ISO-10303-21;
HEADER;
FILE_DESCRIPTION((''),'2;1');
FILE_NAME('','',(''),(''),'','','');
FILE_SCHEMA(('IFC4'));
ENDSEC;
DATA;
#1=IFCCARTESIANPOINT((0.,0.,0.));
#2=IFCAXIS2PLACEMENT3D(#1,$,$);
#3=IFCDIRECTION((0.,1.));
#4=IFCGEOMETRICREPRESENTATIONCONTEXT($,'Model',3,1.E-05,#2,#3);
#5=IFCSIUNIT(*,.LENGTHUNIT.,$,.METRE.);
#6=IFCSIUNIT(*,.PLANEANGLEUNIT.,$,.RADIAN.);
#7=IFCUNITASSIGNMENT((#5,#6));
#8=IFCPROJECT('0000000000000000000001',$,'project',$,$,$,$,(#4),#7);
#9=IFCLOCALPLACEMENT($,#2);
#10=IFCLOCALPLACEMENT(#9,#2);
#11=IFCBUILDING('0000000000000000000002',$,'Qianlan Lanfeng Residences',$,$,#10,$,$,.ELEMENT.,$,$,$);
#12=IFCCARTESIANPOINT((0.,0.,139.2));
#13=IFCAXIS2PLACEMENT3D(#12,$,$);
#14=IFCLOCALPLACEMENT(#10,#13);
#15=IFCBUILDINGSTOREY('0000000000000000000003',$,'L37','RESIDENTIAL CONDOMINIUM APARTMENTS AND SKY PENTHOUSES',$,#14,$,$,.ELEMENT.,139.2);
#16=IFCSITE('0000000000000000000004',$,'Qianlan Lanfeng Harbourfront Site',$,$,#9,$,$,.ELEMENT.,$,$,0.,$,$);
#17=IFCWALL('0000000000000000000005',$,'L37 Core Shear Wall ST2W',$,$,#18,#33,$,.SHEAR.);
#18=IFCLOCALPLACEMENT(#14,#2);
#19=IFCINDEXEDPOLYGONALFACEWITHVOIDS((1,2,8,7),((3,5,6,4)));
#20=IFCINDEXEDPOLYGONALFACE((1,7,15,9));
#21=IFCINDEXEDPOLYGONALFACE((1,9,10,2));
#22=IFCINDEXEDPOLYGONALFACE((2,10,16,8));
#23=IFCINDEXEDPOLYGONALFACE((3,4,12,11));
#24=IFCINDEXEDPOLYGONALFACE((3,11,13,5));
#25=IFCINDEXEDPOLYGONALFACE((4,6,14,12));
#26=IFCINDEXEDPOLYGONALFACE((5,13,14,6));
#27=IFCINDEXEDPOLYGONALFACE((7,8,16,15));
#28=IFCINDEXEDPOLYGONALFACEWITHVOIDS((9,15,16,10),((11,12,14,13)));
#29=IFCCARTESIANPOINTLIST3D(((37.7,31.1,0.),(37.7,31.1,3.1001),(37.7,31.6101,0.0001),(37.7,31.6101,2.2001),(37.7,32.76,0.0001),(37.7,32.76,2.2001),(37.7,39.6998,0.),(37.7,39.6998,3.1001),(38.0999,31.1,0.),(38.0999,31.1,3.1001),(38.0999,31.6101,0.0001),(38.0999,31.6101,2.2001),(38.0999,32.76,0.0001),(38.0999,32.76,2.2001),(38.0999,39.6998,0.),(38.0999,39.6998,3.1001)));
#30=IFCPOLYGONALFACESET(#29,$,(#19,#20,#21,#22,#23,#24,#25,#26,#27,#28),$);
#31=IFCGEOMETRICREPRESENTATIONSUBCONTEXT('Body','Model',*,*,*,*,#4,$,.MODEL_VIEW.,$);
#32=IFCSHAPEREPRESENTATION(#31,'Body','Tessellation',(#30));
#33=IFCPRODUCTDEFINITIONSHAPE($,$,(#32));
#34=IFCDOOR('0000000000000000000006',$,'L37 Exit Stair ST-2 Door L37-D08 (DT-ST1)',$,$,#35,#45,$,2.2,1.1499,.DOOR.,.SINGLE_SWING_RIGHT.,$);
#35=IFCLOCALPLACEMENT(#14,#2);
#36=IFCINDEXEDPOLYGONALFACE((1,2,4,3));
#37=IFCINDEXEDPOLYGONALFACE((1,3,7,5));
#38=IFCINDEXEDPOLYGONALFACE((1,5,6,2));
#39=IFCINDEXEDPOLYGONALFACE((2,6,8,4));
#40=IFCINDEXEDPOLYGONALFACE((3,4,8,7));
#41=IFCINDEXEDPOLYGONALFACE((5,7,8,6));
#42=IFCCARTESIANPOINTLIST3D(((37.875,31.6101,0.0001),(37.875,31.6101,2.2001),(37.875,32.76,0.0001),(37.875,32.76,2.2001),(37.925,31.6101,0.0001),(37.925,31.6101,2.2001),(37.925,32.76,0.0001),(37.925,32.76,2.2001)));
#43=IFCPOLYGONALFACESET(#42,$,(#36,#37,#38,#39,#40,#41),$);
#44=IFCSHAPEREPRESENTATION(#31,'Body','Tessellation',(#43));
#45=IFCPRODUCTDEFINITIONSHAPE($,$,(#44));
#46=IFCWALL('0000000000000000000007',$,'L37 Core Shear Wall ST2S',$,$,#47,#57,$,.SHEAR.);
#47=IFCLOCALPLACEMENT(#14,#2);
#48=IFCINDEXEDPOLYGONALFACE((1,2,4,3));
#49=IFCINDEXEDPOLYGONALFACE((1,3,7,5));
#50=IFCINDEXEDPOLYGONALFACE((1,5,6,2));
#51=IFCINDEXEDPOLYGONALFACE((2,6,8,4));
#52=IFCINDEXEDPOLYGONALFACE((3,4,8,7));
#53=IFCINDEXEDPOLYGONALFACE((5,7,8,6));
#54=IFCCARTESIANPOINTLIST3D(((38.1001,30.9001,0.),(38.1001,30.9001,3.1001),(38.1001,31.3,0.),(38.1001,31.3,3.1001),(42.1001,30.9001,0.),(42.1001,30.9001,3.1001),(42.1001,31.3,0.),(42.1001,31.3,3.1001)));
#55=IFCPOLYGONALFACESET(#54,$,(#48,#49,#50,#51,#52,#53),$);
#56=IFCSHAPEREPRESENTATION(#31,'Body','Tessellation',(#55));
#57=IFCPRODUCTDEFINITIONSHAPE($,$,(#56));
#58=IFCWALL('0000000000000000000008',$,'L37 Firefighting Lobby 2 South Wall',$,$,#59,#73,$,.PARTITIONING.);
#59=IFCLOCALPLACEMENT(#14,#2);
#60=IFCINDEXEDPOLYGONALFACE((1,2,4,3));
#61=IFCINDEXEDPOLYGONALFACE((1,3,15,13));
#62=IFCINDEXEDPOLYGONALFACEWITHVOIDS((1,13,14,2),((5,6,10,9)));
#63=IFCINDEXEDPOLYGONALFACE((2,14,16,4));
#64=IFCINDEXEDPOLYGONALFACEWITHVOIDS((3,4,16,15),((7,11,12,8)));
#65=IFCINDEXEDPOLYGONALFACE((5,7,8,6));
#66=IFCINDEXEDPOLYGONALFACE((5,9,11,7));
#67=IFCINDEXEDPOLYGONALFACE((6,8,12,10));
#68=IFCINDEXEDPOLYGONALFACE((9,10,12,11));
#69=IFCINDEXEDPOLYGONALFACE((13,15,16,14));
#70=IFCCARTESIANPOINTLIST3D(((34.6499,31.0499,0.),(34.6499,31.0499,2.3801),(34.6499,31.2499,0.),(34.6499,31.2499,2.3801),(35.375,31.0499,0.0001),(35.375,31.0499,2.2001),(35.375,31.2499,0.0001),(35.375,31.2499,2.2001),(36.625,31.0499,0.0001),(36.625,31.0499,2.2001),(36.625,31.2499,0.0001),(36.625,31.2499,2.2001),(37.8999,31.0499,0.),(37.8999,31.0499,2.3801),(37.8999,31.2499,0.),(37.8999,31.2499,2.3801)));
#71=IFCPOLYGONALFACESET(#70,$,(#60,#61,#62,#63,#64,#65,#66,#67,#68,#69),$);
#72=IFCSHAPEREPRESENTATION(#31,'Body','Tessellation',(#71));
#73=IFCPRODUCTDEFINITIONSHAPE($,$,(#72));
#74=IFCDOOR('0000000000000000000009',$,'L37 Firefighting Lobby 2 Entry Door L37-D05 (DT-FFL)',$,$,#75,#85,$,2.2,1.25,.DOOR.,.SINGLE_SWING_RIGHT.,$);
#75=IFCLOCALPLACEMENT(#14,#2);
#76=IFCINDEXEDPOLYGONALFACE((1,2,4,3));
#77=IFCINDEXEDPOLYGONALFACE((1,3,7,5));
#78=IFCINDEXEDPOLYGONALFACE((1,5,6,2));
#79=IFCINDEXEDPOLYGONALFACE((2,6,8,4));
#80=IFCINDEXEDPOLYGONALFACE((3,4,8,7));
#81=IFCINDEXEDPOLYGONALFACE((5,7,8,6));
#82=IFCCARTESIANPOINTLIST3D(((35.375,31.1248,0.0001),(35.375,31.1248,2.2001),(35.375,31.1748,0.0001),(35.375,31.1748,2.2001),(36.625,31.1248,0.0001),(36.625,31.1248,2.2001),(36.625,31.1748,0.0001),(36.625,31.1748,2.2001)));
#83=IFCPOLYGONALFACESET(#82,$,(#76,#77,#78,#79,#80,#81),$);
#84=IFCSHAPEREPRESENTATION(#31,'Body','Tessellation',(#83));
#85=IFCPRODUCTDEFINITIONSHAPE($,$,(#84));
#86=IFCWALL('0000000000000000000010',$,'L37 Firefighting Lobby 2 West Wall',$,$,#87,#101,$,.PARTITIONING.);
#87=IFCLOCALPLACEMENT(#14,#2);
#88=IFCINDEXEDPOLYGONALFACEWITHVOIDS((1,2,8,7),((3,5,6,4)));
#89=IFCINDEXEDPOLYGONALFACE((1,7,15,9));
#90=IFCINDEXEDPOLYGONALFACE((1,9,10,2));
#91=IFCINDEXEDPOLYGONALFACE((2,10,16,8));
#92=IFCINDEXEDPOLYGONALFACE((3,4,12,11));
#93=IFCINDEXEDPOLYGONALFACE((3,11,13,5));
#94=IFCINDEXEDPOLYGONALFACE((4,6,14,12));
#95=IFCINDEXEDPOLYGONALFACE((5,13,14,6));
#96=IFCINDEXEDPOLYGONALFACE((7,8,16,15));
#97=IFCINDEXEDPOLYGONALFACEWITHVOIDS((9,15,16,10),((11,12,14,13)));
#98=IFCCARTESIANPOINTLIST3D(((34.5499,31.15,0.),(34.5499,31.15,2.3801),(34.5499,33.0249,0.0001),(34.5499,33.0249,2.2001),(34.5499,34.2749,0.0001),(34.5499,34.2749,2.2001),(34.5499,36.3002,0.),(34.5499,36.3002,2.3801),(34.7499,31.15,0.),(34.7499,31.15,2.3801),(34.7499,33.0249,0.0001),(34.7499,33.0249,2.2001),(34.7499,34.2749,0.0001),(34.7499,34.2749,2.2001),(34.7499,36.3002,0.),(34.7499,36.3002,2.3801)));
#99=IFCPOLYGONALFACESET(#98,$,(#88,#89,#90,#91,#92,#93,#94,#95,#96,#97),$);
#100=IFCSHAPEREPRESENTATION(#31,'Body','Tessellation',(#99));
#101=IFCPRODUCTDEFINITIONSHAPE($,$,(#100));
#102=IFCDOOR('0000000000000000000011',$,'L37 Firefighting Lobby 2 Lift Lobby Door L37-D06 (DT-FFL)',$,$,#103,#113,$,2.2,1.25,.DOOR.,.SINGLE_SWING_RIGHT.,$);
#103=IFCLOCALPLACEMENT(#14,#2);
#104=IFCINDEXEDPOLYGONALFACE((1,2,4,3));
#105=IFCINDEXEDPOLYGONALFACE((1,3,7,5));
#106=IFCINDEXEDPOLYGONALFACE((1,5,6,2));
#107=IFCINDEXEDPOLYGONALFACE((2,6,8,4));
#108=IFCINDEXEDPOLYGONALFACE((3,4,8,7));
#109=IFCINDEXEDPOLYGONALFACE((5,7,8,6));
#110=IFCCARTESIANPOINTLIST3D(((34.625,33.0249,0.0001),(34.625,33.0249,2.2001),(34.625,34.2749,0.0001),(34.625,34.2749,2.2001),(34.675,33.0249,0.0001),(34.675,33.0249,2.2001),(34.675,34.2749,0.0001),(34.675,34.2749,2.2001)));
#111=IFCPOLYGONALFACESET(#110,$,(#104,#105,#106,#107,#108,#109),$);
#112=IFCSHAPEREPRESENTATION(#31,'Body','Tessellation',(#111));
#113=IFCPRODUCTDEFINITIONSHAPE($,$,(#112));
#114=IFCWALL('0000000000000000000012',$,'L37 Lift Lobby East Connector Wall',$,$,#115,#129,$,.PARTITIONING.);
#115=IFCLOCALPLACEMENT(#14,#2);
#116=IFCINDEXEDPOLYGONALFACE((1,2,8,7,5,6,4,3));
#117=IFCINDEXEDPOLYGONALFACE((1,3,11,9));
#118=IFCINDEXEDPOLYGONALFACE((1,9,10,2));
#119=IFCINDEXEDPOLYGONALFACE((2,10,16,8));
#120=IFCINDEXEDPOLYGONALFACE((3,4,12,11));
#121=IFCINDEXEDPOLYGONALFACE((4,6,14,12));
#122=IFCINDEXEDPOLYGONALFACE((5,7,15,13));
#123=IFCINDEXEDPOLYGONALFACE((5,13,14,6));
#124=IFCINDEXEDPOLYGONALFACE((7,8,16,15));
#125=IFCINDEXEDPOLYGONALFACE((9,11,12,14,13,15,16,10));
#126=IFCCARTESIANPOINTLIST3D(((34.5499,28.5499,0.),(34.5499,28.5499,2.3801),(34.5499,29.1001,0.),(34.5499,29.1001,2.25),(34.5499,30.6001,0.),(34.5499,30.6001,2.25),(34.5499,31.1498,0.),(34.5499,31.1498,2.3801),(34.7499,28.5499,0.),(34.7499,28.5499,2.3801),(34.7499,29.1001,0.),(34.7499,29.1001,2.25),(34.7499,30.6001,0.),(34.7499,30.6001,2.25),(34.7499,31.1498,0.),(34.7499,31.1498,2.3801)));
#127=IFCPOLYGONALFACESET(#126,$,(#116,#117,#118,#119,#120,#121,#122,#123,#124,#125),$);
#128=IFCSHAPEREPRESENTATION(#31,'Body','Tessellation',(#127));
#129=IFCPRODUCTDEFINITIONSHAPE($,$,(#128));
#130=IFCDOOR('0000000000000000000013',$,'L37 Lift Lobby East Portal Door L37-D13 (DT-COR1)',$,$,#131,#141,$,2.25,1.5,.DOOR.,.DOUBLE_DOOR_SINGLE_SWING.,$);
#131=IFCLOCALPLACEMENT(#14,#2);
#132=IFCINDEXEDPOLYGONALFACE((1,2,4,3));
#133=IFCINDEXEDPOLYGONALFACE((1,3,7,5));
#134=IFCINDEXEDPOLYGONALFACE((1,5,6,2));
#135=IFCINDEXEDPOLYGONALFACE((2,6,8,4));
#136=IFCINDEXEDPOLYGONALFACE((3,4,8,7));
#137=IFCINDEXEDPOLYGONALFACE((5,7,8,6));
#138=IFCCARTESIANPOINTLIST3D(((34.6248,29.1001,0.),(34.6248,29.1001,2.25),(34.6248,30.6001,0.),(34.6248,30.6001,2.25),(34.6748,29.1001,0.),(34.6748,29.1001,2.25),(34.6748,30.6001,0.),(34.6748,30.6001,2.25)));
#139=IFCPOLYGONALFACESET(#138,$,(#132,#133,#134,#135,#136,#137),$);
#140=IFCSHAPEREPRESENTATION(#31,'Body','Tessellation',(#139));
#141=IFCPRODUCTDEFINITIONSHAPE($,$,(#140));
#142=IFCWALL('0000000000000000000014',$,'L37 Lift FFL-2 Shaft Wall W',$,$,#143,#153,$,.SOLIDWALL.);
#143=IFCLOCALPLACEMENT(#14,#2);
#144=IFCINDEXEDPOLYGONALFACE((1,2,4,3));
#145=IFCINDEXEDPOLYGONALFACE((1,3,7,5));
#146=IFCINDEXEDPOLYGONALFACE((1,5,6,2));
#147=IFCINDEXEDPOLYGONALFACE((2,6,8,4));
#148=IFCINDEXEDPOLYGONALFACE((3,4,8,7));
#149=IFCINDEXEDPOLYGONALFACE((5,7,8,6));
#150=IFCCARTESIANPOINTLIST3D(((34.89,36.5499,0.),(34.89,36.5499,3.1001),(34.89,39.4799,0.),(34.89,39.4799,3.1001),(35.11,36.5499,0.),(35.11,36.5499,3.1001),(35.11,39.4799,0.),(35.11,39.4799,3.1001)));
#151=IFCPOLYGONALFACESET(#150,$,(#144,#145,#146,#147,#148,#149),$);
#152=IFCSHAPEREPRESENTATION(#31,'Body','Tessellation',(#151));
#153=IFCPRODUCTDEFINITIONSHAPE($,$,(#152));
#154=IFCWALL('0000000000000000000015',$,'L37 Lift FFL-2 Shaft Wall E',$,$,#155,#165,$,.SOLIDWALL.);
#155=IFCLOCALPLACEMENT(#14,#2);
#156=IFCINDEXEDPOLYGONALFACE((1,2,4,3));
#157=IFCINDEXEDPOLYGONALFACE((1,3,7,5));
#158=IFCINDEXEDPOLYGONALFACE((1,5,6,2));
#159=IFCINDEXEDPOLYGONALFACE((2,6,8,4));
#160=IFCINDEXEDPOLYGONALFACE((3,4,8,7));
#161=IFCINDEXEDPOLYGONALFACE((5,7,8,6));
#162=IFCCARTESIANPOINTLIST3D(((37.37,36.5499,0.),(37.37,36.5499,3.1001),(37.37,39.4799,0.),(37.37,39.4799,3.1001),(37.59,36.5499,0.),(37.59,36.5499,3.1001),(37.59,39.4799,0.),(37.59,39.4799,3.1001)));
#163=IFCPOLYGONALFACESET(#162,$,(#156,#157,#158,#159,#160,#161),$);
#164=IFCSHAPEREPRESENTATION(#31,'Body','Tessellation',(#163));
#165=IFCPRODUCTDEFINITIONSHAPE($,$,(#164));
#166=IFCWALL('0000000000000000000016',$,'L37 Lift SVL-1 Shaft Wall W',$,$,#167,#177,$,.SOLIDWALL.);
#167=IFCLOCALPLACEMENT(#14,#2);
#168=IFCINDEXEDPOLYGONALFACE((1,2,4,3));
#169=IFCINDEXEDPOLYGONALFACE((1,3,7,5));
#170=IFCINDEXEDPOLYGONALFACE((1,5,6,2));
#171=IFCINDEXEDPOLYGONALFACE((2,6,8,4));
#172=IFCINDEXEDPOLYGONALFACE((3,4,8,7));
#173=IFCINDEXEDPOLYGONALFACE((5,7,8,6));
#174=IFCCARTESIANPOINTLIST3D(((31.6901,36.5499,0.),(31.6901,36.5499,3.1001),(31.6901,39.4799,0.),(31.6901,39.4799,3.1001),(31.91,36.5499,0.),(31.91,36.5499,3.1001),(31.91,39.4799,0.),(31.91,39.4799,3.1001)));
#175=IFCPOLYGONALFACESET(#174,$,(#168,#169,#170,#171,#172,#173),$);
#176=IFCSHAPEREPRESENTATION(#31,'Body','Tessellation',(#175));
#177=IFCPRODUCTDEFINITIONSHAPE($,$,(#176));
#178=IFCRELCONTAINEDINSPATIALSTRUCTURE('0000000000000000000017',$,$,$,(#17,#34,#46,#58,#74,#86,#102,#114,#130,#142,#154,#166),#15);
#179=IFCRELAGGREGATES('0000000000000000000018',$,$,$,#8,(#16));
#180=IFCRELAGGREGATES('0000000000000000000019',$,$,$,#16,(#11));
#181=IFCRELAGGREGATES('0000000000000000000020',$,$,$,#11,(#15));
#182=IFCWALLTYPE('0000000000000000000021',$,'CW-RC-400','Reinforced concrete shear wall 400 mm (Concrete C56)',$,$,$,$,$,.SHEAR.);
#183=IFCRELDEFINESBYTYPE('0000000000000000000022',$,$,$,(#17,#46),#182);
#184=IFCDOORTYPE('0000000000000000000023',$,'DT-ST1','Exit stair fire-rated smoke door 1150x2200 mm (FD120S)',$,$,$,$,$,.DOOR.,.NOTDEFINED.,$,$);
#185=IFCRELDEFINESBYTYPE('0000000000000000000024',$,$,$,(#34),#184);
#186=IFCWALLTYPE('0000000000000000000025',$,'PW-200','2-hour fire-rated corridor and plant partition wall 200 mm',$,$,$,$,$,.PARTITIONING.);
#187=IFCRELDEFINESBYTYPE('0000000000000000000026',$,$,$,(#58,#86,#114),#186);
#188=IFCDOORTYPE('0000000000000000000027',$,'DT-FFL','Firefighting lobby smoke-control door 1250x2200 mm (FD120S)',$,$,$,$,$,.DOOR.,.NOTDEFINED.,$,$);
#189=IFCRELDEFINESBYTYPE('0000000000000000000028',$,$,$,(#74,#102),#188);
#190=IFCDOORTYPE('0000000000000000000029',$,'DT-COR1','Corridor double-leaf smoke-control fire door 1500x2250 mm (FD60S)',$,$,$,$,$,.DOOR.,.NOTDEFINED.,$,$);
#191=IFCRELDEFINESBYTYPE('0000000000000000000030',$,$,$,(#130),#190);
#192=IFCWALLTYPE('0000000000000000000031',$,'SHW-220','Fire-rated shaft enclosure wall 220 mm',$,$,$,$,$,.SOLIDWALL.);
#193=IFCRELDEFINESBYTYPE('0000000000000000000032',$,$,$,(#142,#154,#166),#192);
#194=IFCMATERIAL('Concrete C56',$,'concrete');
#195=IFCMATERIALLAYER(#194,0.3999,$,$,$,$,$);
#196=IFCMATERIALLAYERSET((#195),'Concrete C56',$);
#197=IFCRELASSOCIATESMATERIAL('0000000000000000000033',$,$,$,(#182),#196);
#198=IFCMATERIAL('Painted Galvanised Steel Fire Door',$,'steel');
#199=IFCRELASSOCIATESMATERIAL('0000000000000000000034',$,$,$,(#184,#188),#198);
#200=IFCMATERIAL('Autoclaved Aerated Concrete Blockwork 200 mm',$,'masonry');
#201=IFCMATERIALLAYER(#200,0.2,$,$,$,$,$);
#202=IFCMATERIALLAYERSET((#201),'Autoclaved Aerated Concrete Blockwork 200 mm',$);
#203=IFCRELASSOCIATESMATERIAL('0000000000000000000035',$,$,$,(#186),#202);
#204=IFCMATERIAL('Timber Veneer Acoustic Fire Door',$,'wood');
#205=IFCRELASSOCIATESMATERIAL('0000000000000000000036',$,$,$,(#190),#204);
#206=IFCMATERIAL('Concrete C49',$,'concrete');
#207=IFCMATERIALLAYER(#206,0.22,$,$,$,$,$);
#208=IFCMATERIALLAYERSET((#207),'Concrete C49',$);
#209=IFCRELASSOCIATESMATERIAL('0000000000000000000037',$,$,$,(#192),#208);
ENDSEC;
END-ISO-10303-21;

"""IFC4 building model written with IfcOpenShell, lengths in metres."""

from ifc_helpers import new_model, si_unit, direction, frame, frame_2d, origin, place, context, subcontext, project, spatial, rectangle, extrude, material, layer, layer_set, type_object, element, fill, save


model = new_model("IFC4")

# Units and contexts
model_context = context("Model", 3, precision=1e-05, world=origin(), true_north=direction((0.0, 1.0)))
body_context = subcontext(model_context, "Body", "Model", "MODEL_VIEW")
ifc_project = project(units=[si_unit("LENGTHUNIT", "METRE"), si_unit("PLANEANGLEUNIT", "RADIAN")], contexts=[model_context])

# Site, building, storey
site_placement = place(None, origin())
site = spatial("IfcSite", under=ifc_project, at=site_placement, Name="Qianlan Lanfeng Harbourfront Site", CompositionType="ELEMENT", RefElevation=0.0)
building_placement = place(site_placement, origin())
building = spatial("IfcBuilding", under=site, at=building_placement, Name="Qianlan Lanfeng Residences", CompositionType="ELEMENT")
storey_placement = place(building_placement, frame((0.0, 0.0, 139.2)))
storey = spatial("IfcBuildingStorey", under=building, at=storey_placement, Name="L37", Description="RESIDENTIAL CONDOMINIUM APARTMENTS AND SKY PENTHOUSES", CompositionType="ELEMENT", Elevation=139.2)

# Wall, opening, door
ifc_material_1 = material(Name="Concrete C56", Category="concrete")
ifc_layer_1 = layer(ifc_material_1, 0.3999)
ifc_layer_set_1 = layer_set([ifc_layer_1], Name="Concrete C56")
wall_type_1 = type_object("IfcWallType", Name="CW-RC-400", Description="Reinforced concrete shear wall 400 mm (Concrete C56)", PredefinedType="SHEAR", material=ifc_layer_set_1)
wall_1_placement = place(storey_placement, frame((37.8999, 31.1001, 0.0), z_axis=(0.0, 0.0, 1.0), x_axis=(0.0, 1.0, 0.0)))
wall_1 = element("IfcWall", 1, at=wall_1_placement, inside=storey, type_object=wall_type_1, Name="L37 Core Shear Wall ST2W", PredefinedType="SHEAR", context=body_context, shape_type="SweptSolid", body=[
    extrude(rectangle(XDim=8.5999, YDim=0.3999, at=frame_2d((4.2998, 0.0))), origin(), (0.0, 0.0, 1.0), 3.1001),
])
opening_1_placement = place(wall_1_placement, frame((0.51, 0.0, 0.0)))
opening_1 = element("IfcOpeningElement", 2, at=opening_1_placement, cuts=wall_1, PredefinedType="OPENING", context=body_context, shape_type="SweptSolid", body=[
    extrude(rectangle(XDim=1.1499, YDim=2.2, at=frame_2d((0.575, 1.1001))), frame((0.0, 0.21, 0.0), z_axis=(0.0, -1.0, 0.0), x_axis=(1.0, 0.0, 0.0)), (0.0, 0.0, 1.0), 0.4199),
])
ifc_material_2 = material(Name="Painted Galvanised Steel Fire Door", Category="steel")
door_type_1 = type_object("IfcDoorType", Name="DT-ST1", Description="Exit stair fire-rated smoke door 1150x2200 mm (FD120S)", OperationType="NOTDEFINED", PredefinedType="DOOR", material=ifc_material_2)
door_1_placement = place(opening_1_placement, origin())
door_1 = element("IfcDoor", 3, at=door_1_placement, inside=storey, type_object=door_type_1, Name="L37 Exit Stair ST-2 Door L37-D08 (DT-ST1)", OperationType="SINGLE_SWING_RIGHT", OverallHeight=2.2, OverallWidth=1.1499, PredefinedType="DOOR", context=body_context, shape_type="SweptSolid", body=[
    extrude(rectangle(XDim=1.1499, YDim=2.2, at=frame_2d((0.575, 1.1001))), frame((0.0, 0.0249, 0.0), z_axis=(0.0, -1.0, 0.0), x_axis=(1.0, 0.0, 0.0)), (0.0, 0.0, 1.0), 0.05),
])
fill(opening_1, door_1)

# Wall
wall_2_placement = place(storey_placement, frame((38.1001, 31.1001, 0.0), z_axis=(0.0, 0.0, 1.0), x_axis=(1.0, 0.0, 0.0)))
element("IfcWall", 4, at=wall_2_placement, inside=storey, type_object=wall_type_1, Name="L37 Core Shear Wall ST2S", PredefinedType="SHEAR", context=body_context, shape_type="SweptSolid", body=[
    extrude(rectangle(XDim=4.0, YDim=0.3999, at=frame_2d((2.0, 0.0))), origin(), (0.0, 0.0, 1.0), 3.1001),
])

# Walls, openings, doors
ifc_material_3 = material(Name="Autoclaved Aerated Concrete Blockwork 200 mm", Category="masonry")
ifc_layer_2 = layer(ifc_material_3, 0.2)
ifc_layer_set_2 = layer_set([ifc_layer_2], Name="Autoclaved Aerated Concrete Blockwork 200 mm")
wall_type_2 = type_object("IfcWallType", Name="PW-200", Description="2-hour fire-rated corridor and plant partition wall 200 mm", PredefinedType="PARTITIONING", material=ifc_layer_set_2)
wall_3_placement = place(storey_placement, frame((34.6499, 31.1499, 0.0), z_axis=(0.0, 0.0, 1.0), x_axis=(1.0, 0.0, 0.0)))
wall_3 = element("IfcWall", 5, at=wall_3_placement, inside=storey, type_object=wall_type_2, Name="L37 Firefighting Lobby 2 South Wall", PredefinedType="PARTITIONING", context=body_context, shape_type="SweptSolid", body=[
    extrude(rectangle(XDim=3.25, YDim=0.2, at=frame_2d((1.625, 0.0))), origin(), (0.0, 0.0, 1.0), 2.3801),
])
opening_2_placement = place(wall_3_placement, frame((0.7251, 0.0, 0.0)))
opening_2 = element("IfcOpeningElement", 6, at=opening_2_placement, cuts=wall_3, PredefinedType="OPENING", context=body_context, shape_type="SweptSolid", body=[
    extrude(rectangle(XDim=1.25, YDim=2.2, at=frame_2d((0.625, 1.1001))), frame((0.0, 0.1099, 0.0), z_axis=(0.0, -1.0, 0.0), x_axis=(1.0, 0.0, 0.0)), (0.0, 0.0, 1.0), 0.22),
])
door_type_2 = type_object("IfcDoorType", Name="DT-FFL", Description="Firefighting lobby smoke-control door 1250x2200 mm (FD120S)", OperationType="NOTDEFINED", PredefinedType="DOOR", material=ifc_material_2)
door_2_placement = place(opening_2_placement, origin())
door_2 = element("IfcDoor", 7, at=door_2_placement, inside=storey, type_object=door_type_2, Name="L37 Firefighting Lobby 2 Entry Door L37-D05 (DT-FFL)", OperationType="SINGLE_SWING_RIGHT", OverallHeight=2.2, OverallWidth=1.25, PredefinedType="DOOR", context=body_context, shape_type="SweptSolid", body=[
    extrude(rectangle(XDim=1.25, YDim=2.2, at=frame_2d((0.625, 1.1001))), frame((0.0, 0.0249, 0.0), z_axis=(0.0, -1.0, 0.0), x_axis=(1.0, 0.0, 0.0)), (0.0, 0.0, 1.0), 0.05),
])
fill(opening_2, door_2)
wall_4_placement = place(storey_placement, frame((34.6499, 31.1499, 0.0), z_axis=(0.0, 0.0, 1.0), x_axis=(0.0, 1.0, 0.0)))
wall_4 = element("IfcWall", 8, at=wall_4_placement, inside=storey, type_object=wall_type_2, Name="L37 Firefighting Lobby 2 West Wall", PredefinedType="PARTITIONING", context=body_context, shape_type="SweptSolid", body=[
    extrude(rectangle(XDim=5.1501, YDim=0.2, at=frame_2d((2.5752, 0.0))), origin(), (0.0, 0.0, 1.0), 2.3801),
])
opening_3_placement = place(wall_4_placement, frame((1.875, 0.0, 0.0)))
opening_3 = element("IfcOpeningElement", 9, at=opening_3_placement, cuts=wall_4, PredefinedType="OPENING", context=body_context, shape_type="SweptSolid", body=[
    extrude(rectangle(XDim=1.25, YDim=2.2, at=frame_2d((0.625, 1.1001))), frame((0.0, 0.1099, 0.0), z_axis=(0.0, -1.0, 0.0), x_axis=(1.0, 0.0, 0.0)), (0.0, 0.0, 1.0), 0.22),
])
door_3_placement = place(opening_3_placement, origin())
door_3 = element("IfcDoor", 10, at=door_3_placement, inside=storey, type_object=door_type_2, Name="L37 Firefighting Lobby 2 Lift Lobby Door L37-D06 (DT-FFL)", OperationType="SINGLE_SWING_RIGHT", OverallHeight=2.2, OverallWidth=1.25, PredefinedType="DOOR", context=body_context, shape_type="SweptSolid", body=[
    extrude(rectangle(XDim=1.25, YDim=2.2, at=frame_2d((0.625, 1.1001))), frame((0.0, 0.0249, 0.0), z_axis=(0.0, -1.0, 0.0), x_axis=(1.0, 0.0, 0.0)), (0.0, 0.0, 1.0), 0.05),
])
fill(opening_3, door_3)
wall_5_placement = place(storey_placement, frame((34.6499, 28.55, 0.0), z_axis=(0.0, 0.0, 1.0), x_axis=(0.0, 1.0, 0.0)))
wall_5 = element("IfcWall", 11, at=wall_5_placement, inside=storey, type_object=wall_type_2, Name="L37 Lift Lobby East Connector Wall", PredefinedType="PARTITIONING", context=body_context, shape_type="SweptSolid", body=[
    extrude(rectangle(XDim=2.5999, YDim=0.2, at=frame_2d((1.2998, 0.0))), origin(), (0.0, 0.0, 1.0), 2.3801),
])
opening_4_placement = place(wall_5_placement, frame((0.55, 0.0, 0.0)))
opening_4 = element("IfcOpeningElement", 12, at=opening_4_placement, cuts=wall_5, PredefinedType="OPENING", context=body_context, shape_type="SweptSolid", body=[
    extrude(rectangle(XDim=1.5, YDim=2.25, at=frame_2d((0.75, 1.125))), frame((0.0, 0.1099, 0.0), z_axis=(0.0, -1.0, 0.0), x_axis=(1.0, 0.0, 0.0)), (0.0, 0.0, 1.0), 0.22),
])
ifc_material_4 = material(Name="Timber Veneer Acoustic Fire Door", Category="wood")
door_type_3 = type_object("IfcDoorType", Name="DT-COR1", Description="Corridor double-leaf smoke-control fire door 1500x2250 mm (FD60S)", OperationType="NOTDEFINED", PredefinedType="DOOR", material=ifc_material_4)
door_4_placement = place(opening_4_placement, frame((1.5, 0.0, 0.0), z_axis=(0.0, 0.0, 1.0), x_axis=(-1.0, 0.0, 0.0)))
door_4 = element("IfcDoor", 13, at=door_4_placement, inside=storey, type_object=door_type_3, Name="L37 Lift Lobby East Portal Door L37-D13 (DT-COR1)", OperationType="DOUBLE_DOOR_SINGLE_SWING", OverallHeight=2.25, OverallWidth=1.5, PredefinedType="DOOR", context=body_context, shape_type="SweptSolid", body=[
    extrude(rectangle(XDim=1.5, YDim=2.25, at=frame_2d((0.75, 1.125))), frame((0.0, 0.0249, 0.0), z_axis=(0.0, -1.0, 0.0), x_axis=(1.0, 0.0, 0.0)), (0.0, 0.0, 1.0), 0.05),
])
fill(opening_4, door_4)

# Walls
ifc_material_5 = material(Name="Concrete C49", Category="concrete")
ifc_layer_3 = layer(ifc_material_5, 0.22)
ifc_layer_set_3 = layer_set([ifc_layer_3], Name="Concrete C49")
wall_type_3 = type_object("IfcWallType", Name="SHW-220", Description="Fire-rated shaft enclosure wall 220 mm", PredefinedType="SOLIDWALL", material=ifc_layer_set_3)
for number, where, z_axis, x_axis, name in (
    (14, (35.0, 36.55, 0.0), (0.0, 0.0, 1.0), (0.0, 1.0, 0.0), "L37 Lift FFL-2 Shaft Wall W"),
    (15, (37.48, 36.55, 0.0), (0.0, 0.0, 1.0), (0.0, 1.0, 0.0), "L37 Lift FFL-2 Shaft Wall E"),
    (16, (31.8, 36.55, 0.0), (0.0, 0.0, 1.0), (0.0, 1.0, 0.0), "L37 Lift SVL-1 Shaft Wall W"),
):
    element("IfcWall", number, at=place(storey_placement, frame(where, z_axis=z_axis, x_axis=x_axis)), inside=storey, type_object=wall_type_3, Name=name, PredefinedType="SOLIDWALL", context=body_context, shape_type="SweptSolid", body=[
        extrude(rectangle(XDim=2.9299, YDim=0.22, at=frame_2d((1.4648, 0.0))), origin(), (0.0, 0.0, 1.0), 3.1001),
    ])

save(model, "model.ifc")
